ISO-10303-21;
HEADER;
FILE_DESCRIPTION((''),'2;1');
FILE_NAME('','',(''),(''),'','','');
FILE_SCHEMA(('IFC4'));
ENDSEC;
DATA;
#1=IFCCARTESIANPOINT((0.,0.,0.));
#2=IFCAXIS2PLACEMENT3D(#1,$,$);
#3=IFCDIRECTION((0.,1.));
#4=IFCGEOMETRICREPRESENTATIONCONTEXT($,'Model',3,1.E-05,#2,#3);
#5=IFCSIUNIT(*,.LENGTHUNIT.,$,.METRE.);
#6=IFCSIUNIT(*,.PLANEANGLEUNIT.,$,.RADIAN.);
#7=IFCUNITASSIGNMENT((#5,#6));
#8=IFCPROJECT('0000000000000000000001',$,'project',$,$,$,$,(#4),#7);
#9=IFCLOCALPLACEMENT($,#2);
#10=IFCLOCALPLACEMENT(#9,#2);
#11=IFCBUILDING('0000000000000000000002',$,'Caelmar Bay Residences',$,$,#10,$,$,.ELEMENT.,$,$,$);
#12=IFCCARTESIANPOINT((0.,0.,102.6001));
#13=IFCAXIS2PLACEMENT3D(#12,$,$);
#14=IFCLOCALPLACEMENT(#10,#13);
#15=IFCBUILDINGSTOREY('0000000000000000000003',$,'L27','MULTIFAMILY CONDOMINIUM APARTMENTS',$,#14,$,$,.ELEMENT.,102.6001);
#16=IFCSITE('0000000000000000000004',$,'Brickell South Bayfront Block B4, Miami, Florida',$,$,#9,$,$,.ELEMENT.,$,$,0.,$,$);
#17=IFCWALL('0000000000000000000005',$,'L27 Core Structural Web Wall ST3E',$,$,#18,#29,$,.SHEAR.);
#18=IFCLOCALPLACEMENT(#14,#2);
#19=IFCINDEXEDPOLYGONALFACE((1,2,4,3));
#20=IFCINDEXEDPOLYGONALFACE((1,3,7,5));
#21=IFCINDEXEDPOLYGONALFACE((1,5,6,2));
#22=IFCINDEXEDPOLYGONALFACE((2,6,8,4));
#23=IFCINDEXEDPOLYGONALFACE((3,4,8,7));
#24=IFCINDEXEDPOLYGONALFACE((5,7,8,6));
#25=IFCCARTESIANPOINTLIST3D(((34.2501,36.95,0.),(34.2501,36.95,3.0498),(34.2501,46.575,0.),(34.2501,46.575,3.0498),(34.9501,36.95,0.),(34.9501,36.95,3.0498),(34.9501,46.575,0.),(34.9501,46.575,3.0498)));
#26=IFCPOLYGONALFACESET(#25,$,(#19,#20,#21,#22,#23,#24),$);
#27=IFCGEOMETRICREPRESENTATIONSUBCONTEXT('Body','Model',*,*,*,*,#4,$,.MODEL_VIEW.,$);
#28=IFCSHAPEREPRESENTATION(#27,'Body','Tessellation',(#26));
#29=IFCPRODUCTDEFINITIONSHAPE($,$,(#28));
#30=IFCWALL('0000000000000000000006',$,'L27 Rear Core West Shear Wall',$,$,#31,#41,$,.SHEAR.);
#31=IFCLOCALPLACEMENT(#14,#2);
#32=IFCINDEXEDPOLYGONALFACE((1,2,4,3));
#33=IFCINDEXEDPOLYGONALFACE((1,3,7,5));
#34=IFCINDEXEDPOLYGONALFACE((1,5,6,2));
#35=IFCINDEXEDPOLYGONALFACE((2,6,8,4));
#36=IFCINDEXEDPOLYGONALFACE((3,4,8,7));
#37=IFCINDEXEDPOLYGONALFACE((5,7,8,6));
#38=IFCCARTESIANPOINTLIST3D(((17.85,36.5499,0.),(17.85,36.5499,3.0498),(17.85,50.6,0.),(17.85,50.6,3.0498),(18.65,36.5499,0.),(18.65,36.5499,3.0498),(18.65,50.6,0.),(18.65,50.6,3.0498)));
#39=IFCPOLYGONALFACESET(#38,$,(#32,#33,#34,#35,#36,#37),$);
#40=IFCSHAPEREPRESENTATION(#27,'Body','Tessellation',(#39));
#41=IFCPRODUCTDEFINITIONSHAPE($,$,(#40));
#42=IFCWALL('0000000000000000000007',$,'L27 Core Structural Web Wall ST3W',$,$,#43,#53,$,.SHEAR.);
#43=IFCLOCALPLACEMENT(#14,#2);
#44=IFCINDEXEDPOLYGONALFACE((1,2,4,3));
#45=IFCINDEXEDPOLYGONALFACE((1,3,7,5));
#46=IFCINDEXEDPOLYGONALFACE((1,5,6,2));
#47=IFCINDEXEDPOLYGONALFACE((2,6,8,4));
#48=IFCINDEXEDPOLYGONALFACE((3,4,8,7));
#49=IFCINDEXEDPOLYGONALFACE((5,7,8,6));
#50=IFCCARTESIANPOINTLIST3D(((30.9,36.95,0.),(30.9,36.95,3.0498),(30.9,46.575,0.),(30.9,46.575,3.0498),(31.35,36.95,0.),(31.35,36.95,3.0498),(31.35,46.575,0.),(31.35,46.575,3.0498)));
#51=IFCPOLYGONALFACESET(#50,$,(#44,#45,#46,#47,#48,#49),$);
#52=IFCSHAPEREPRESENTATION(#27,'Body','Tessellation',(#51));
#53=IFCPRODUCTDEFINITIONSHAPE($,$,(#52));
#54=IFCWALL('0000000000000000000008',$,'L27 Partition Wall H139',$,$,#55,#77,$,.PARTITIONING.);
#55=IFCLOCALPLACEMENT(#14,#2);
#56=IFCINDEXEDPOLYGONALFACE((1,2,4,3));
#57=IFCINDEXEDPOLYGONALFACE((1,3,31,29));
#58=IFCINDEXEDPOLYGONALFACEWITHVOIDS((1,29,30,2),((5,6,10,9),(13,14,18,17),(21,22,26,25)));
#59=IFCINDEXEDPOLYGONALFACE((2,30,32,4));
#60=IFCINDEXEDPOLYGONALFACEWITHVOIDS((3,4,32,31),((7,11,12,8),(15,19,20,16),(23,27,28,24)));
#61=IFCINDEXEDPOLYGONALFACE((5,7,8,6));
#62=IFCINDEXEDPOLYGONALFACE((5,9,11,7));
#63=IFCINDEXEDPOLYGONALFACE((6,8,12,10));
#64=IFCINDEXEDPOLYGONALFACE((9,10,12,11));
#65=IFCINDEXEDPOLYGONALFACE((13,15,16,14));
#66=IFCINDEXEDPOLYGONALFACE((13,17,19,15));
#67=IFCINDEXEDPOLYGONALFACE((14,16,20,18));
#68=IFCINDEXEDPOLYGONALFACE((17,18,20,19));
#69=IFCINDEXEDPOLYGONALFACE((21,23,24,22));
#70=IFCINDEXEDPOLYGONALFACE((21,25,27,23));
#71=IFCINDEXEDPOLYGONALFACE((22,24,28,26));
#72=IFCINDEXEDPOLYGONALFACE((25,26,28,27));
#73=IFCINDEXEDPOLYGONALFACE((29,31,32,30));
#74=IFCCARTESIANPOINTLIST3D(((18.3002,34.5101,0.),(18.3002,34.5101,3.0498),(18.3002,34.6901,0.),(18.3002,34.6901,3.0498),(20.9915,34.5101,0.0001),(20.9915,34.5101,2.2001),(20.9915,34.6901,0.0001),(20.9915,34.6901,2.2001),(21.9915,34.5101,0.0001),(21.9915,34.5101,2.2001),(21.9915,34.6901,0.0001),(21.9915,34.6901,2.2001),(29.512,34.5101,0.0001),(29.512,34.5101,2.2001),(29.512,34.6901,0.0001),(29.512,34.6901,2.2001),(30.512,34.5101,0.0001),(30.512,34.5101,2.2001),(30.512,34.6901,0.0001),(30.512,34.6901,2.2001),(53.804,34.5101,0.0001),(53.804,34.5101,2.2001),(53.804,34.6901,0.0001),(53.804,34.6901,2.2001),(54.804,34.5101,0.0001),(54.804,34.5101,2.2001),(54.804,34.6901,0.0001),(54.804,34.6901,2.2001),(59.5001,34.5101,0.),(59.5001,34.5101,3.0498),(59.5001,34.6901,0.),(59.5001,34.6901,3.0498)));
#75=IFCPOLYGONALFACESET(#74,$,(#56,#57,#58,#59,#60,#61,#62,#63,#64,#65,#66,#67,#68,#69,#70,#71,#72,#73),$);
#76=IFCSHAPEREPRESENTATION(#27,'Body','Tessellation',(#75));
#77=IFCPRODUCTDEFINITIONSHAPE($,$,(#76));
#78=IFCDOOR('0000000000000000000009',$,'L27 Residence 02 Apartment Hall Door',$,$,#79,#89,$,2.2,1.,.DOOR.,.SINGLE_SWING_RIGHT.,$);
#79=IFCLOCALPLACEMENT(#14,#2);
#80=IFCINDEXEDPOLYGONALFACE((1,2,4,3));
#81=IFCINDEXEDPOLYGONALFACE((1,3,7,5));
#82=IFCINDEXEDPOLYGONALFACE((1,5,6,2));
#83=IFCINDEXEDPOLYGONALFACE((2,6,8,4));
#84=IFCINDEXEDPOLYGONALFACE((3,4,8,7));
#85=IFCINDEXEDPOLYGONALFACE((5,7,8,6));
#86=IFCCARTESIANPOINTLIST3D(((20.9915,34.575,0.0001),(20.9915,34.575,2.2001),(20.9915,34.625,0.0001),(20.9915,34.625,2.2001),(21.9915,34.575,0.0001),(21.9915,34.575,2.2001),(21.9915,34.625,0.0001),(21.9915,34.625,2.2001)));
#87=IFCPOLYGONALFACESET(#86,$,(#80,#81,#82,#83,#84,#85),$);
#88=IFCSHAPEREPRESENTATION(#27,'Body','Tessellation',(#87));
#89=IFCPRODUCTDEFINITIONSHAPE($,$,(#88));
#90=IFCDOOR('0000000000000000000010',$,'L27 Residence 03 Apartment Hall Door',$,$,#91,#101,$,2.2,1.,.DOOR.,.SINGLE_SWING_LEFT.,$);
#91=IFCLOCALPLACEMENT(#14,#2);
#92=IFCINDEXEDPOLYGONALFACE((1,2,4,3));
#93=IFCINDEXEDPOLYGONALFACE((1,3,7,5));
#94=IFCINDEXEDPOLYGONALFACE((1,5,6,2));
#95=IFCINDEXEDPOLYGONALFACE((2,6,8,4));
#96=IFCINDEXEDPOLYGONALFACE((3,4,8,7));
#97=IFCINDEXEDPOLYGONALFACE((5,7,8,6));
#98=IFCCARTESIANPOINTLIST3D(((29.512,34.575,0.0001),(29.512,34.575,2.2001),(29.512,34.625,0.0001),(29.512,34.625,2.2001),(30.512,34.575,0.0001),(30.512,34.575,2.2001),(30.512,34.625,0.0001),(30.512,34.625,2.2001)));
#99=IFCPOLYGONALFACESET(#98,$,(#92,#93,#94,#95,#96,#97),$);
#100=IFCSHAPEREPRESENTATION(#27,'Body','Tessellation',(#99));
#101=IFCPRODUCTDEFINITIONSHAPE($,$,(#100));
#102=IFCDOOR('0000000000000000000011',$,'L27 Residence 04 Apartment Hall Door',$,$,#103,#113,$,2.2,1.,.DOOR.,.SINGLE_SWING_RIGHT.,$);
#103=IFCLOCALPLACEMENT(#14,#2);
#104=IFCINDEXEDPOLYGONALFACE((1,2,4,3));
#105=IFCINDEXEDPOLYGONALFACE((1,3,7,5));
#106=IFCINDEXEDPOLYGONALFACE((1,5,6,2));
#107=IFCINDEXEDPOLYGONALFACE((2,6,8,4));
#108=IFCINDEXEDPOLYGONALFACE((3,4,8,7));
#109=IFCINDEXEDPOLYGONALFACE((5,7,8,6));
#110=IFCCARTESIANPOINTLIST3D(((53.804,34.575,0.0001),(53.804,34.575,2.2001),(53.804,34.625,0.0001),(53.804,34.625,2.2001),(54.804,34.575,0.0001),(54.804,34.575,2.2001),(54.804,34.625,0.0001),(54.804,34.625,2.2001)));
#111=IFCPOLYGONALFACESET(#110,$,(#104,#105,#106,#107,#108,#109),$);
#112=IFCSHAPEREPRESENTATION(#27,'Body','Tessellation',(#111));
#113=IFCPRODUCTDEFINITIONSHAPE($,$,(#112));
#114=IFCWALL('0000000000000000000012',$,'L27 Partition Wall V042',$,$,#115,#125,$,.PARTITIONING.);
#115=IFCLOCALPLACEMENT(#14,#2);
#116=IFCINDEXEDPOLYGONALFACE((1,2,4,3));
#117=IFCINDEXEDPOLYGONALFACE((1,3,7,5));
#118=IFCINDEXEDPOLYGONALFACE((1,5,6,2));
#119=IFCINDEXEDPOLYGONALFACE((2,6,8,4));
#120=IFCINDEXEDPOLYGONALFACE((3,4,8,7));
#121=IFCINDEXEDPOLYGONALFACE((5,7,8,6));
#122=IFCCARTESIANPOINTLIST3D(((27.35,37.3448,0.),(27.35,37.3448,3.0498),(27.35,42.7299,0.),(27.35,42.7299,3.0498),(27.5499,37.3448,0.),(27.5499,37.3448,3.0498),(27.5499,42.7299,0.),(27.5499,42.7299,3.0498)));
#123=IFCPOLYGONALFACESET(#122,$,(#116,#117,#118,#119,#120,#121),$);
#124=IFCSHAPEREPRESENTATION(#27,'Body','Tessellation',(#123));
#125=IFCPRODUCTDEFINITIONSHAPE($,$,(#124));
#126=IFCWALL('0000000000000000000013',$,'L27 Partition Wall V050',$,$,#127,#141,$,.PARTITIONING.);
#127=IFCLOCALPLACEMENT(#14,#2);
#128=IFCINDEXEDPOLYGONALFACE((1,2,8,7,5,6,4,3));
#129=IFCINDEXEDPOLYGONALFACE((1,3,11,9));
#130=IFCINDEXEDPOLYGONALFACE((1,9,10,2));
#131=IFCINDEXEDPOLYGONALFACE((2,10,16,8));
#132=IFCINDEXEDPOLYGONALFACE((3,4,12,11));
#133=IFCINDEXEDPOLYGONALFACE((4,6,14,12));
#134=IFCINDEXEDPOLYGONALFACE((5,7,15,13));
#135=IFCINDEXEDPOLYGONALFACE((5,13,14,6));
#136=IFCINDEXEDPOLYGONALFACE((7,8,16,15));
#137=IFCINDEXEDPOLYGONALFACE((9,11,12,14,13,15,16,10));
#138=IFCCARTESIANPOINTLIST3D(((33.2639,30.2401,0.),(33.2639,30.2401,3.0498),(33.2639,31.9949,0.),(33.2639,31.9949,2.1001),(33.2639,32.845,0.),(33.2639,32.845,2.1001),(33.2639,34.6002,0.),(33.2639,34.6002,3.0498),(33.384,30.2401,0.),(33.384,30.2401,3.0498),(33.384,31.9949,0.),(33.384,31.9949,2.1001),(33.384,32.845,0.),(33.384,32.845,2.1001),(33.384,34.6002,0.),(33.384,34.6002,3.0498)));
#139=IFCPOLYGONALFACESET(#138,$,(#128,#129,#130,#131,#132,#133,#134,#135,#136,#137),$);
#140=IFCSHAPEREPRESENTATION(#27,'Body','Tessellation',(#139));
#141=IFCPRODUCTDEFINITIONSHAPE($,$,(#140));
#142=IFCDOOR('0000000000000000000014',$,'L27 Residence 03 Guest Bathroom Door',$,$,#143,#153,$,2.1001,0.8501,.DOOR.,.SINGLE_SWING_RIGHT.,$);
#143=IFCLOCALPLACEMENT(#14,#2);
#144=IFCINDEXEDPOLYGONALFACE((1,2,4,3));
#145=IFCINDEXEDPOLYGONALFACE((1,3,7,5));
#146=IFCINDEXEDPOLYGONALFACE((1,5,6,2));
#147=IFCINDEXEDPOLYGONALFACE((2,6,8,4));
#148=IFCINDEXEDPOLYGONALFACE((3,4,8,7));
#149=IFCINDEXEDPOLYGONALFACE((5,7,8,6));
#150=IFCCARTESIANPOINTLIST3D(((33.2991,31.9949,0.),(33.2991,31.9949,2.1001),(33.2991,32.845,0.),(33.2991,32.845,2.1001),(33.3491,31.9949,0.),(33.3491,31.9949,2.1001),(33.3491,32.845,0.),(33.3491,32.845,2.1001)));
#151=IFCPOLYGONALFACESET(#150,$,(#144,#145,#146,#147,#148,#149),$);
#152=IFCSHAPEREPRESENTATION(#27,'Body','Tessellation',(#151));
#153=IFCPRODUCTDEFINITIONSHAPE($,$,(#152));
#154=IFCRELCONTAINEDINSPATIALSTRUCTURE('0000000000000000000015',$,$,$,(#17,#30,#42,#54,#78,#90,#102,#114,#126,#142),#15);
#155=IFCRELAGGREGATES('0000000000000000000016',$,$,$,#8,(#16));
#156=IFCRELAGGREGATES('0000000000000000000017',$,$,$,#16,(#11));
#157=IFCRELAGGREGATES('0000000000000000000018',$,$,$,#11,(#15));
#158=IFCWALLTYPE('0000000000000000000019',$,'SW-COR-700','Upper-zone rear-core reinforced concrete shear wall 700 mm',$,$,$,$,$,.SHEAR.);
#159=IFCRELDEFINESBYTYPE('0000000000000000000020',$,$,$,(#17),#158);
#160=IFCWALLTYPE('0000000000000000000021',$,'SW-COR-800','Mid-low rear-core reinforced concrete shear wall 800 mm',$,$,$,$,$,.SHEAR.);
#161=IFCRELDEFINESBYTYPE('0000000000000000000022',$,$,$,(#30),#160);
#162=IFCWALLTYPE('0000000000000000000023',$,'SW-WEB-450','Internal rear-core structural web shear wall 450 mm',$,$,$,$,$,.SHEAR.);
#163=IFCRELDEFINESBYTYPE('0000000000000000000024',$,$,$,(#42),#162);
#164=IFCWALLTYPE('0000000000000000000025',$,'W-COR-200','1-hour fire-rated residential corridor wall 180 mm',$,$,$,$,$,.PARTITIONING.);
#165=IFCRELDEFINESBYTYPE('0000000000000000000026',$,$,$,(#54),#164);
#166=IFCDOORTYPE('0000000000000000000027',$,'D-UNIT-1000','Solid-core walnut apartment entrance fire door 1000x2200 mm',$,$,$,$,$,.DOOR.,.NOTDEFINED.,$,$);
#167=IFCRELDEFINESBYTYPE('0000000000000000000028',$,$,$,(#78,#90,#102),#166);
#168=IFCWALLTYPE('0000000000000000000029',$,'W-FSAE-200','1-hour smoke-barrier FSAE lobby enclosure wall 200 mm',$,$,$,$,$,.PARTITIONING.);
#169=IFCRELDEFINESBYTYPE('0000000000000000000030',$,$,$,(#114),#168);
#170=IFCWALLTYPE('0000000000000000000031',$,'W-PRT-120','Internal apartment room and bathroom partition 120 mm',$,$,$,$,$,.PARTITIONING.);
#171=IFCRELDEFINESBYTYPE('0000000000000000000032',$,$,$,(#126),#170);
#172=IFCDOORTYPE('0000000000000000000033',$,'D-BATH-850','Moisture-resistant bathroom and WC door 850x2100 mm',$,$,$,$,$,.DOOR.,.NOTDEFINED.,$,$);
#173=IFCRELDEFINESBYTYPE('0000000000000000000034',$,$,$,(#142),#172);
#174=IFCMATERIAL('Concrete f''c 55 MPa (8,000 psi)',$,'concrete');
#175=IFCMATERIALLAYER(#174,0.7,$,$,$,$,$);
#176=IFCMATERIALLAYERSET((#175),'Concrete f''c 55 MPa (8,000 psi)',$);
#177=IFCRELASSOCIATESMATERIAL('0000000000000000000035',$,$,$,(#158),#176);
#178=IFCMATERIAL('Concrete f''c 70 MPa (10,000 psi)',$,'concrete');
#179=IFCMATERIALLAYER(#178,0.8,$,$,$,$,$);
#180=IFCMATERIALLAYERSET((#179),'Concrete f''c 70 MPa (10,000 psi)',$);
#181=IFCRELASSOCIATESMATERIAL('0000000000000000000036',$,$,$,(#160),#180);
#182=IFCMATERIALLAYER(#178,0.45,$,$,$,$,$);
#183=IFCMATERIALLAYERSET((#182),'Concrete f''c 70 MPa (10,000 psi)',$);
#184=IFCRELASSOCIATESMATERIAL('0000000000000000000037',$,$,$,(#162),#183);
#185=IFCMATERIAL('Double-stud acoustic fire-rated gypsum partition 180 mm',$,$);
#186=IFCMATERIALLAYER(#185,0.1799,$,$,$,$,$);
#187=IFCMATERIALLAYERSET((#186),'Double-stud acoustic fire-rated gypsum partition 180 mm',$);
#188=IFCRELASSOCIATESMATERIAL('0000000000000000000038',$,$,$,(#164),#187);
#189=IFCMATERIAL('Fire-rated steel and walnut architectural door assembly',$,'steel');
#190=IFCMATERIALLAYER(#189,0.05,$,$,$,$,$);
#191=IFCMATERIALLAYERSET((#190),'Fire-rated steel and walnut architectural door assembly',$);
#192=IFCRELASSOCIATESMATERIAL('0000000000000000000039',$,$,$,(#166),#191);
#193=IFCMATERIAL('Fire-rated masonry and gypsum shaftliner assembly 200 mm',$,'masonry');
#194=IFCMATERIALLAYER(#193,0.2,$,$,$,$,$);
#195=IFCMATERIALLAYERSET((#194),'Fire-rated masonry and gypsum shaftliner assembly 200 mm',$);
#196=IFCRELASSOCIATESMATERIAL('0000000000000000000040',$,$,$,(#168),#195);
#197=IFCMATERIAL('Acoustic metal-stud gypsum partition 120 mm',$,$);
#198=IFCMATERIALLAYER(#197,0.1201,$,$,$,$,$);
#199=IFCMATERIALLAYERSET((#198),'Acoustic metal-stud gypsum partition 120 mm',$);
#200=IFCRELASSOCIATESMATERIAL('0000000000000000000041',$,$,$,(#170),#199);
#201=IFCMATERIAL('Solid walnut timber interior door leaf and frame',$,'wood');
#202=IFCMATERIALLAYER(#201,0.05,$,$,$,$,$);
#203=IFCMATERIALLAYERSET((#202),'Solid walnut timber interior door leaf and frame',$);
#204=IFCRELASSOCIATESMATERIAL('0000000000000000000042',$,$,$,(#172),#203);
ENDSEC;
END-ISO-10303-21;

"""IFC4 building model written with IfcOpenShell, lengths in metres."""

from ifc_helpers import new_model, si_unit, direction, frame, frame_2d, origin, place, context, subcontext, project, spatial, rectangle, extrude, material, layer, layer_set, type_object, element, fill, save


model = new_model("IFC4")

# Units and contexts
model_context = context("Model", 3, precision=1e-05, world=origin(), true_north=direction((0.0, 1.0)))
body_context = subcontext(model_context, "Body", "Model", "MODEL_VIEW")
ifc_project = project(units=[si_unit("LENGTHUNIT", "METRE"), si_unit("PLANEANGLEUNIT", "RADIAN")], contexts=[model_context])

# Site, building, storey
site_placement = place(None, origin())
site = spatial("IfcSite", under=ifc_project, at=site_placement, Name="Brickell South Bayfront Block B4, Miami, Florida", CompositionType="ELEMENT", RefElevation=0.0)
building_placement = place(site_placement, origin())
building = spatial("IfcBuilding", under=site, at=building_placement, Name="Caelmar Bay Residences", CompositionType="ELEMENT")
storey_placement = place(building_placement, frame((0.0, 0.0, 102.6001)))
storey = spatial("IfcBuildingStorey", under=building, at=storey_placement, Name="L27", Description="MULTIFAMILY CONDOMINIUM APARTMENTS", CompositionType="ELEMENT", Elevation=102.6001)

# Shared definitions
ifc_material_1 = material(Name="Concrete f'c 55 MPa (8,000 psi)", Category="concrete")
ifc_layer_1 = layer(ifc_material_1, 0.7)
ifc_layer_set_1 = layer_set([ifc_layer_1], Name="Concrete f'c 55 MPa (8,000 psi)")
wall_type_1 = type_object("IfcWallType", Name="SW-COR-700", Description="Upper-zone rear-core reinforced concrete shear wall 700 mm", PredefinedType="SHEAR", material=ifc_layer_set_1)
ifc_material_2 = material(Name="Fire-rated steel and walnut architectural door assembly", Category="steel")

# Walls
wall_1_placement = place(storey_placement, frame((34.6001, 36.95, 0.0), z_axis=(0.0, 0.0, 1.0), x_axis=(0.0, 1.0, 0.0)))
element("IfcWall", 1, at=wall_1_placement, inside=storey, type_object=wall_type_1, Name="L27 Core Structural Web Wall ST3E", PredefinedType="SHEAR", context=body_context, shape_type="SweptSolid", body=[
    extrude(rectangle(XDim=9.625, YDim=0.7, at=frame_2d((4.8125, 0.0))), origin(), (0.0, 0.0, 1.0), 3.0498),
])
ifc_material_3 = material(Name="Concrete f'c 70 MPa (10,000 psi)", Category="concrete")
ifc_layer_2 = layer(ifc_material_3, 0.8)
ifc_layer_set_2 = layer_set([ifc_layer_2], Name="Concrete f'c 70 MPa (10,000 psi)")
wall_type_2 = type_object("IfcWallType", Name="SW-COR-800", Description="Mid-low rear-core reinforced concrete shear wall 800 mm", PredefinedType="SHEAR", material=ifc_layer_set_2)
wall_2_placement = place(storey_placement, frame((18.25, 36.55, 0.0), z_axis=(0.0, 0.0, 1.0), x_axis=(0.0, 1.0, 0.0)))
element("IfcWall", 2, at=wall_2_placement, inside=storey, type_object=wall_type_2, Name="L27 Rear Core West Shear Wall", PredefinedType="SHEAR", context=body_context, shape_type="SweptSolid", body=[
    extrude(rectangle(XDim=14.05, YDim=0.8, at=frame_2d((7.0249, 0.0))), origin(), (0.0, 0.0, 1.0), 3.0498),
])
ifc_layer_3 = layer(ifc_material_3, 0.45)
ifc_layer_set_3 = layer_set([ifc_layer_3], Name="Concrete f'c 70 MPa (10,000 psi)")
wall_type_3 = type_object("IfcWallType", Name="SW-WEB-450", Description="Internal rear-core structural web shear wall 450 mm", PredefinedType="SHEAR", material=ifc_layer_set_3)
wall_3_placement = place(storey_placement, frame((31.125, 36.95, 0.0), z_axis=(0.0, 0.0, 1.0), x_axis=(0.0, 1.0, 0.0)))
element("IfcWall", 3, at=wall_3_placement, inside=storey, type_object=wall_type_3, Name="L27 Core Structural Web Wall ST3W", PredefinedType="SHEAR", context=body_context, shape_type="SweptSolid", body=[
    extrude(rectangle(XDim=9.625, YDim=0.45, at=frame_2d((4.8125, 0.0))), origin(), (0.0, 0.0, 1.0), 3.0498),
])

# Wall, openings, doors
ifc_material_4 = material(Name="Double-stud acoustic fire-rated gypsum partition 180 mm")
ifc_layer_4 = layer(ifc_material_4, 0.1799)
ifc_layer_set_4 = layer_set([ifc_layer_4], Name="Double-stud acoustic fire-rated gypsum partition 180 mm")
wall_type_4 = type_object("IfcWallType", Name="W-COR-200", Description="1-hour fire-rated residential corridor wall 180 mm", PredefinedType="PARTITIONING", material=ifc_layer_set_4)
wall_4_placement = place(storey_placement, frame((18.3, 34.6001, 0.0), z_axis=(0.0, 0.0, 1.0), x_axis=(1.0, 0.0, 0.0)))
wall_4 = element("IfcWall", 4, at=wall_4_placement, inside=storey, type_object=wall_type_4, Name="L27 Partition Wall H139", PredefinedType="PARTITIONING", context=body_context, shape_type="SweptSolid", body=[
    extrude(rectangle(XDim=41.2, YDim=0.1799, at=frame_2d((20.6001, 0.0))), origin(), (0.0, 0.0, 1.0), 3.0498),
])
opening_1_placement = place(wall_4_placement, frame((2.6914, 0.0, 0.0)))
opening_1 = element("IfcOpeningElement", 5, at=opening_1_placement, cuts=wall_4, PredefinedType="OPENING", context=body_context, shape_type="SweptSolid", body=[
    extrude(rectangle(XDim=1.0, YDim=2.2, at=frame_2d((0.5, 1.1001))), frame((0.0, 0.0999, 0.0), z_axis=(0.0, -1.0, 0.0), x_axis=(1.0, 0.0, 0.0)), (0.0, 0.0, 1.0), 0.2),
])
opening_2_placement = place(wall_4_placement, frame((11.2119, 0.0, 0.0)))
opening_2 = element("IfcOpeningElement", 6, at=opening_2_placement, cuts=wall_4, PredefinedType="OPENING", context=body_context, shape_type="SweptSolid", body=[
    extrude(rectangle(XDim=1.0, YDim=2.2, at=frame_2d((0.5, 1.1001))), frame((0.0, 0.0999, 0.0), z_axis=(0.0, -1.0, 0.0), x_axis=(1.0, 0.0, 0.0)), (0.0, 0.0, 1.0), 0.2),
])
opening_3_placement = place(wall_4_placement, frame((35.5039, 0.0, 0.0)))
opening_3 = element("IfcOpeningElement", 7, at=opening_3_placement, cuts=wall_4, PredefinedType="OPENING", context=body_context, shape_type="SweptSolid", body=[
    extrude(rectangle(XDim=1.0, YDim=2.2, at=frame_2d((0.5, 1.1001))), frame((0.0, 0.0999, 0.0), z_axis=(0.0, -1.0, 0.0), x_axis=(1.0, 0.0, 0.0)), (0.0, 0.0, 1.0), 0.2),
])
ifc_layer_5 = layer(ifc_material_2, 0.05)
ifc_layer_set_5 = layer_set([ifc_layer_5], Name="Fire-rated steel and walnut architectural door assembly")
door_type_1 = type_object("IfcDoorType", Name="D-UNIT-1000", Description="Solid-core walnut apartment entrance fire door 1000x2200 mm", OperationType="NOTDEFINED", PredefinedType="DOOR", material=ifc_layer_set_5)
door_1_placement = place(opening_1_placement, origin())
door_1 = element("IfcDoor", 8, at=door_1_placement, inside=storey, type_object=door_type_1, Name="L27 Residence 02 Apartment Hall Door", OperationType="SINGLE_SWING_RIGHT", OverallHeight=2.2, OverallWidth=1.0, PredefinedType="DOOR", context=body_context, shape_type="SweptSolid", body=[
    extrude(rectangle(XDim=1.0, YDim=2.2, at=frame_2d((0.5, 1.1001))), frame((0.0, 0.0249, 0.0), z_axis=(0.0, -1.0, 0.0), x_axis=(1.0, 0.0, 0.0)), (0.0, 0.0, 1.0), 0.05),
])
fill(opening_1, door_1)
door_2_placement = place(opening_2_placement, origin())
door_2 = element("IfcDoor", 9, at=door_2_placement, inside=storey, type_object=door_type_1, Name="L27 Residence 03 Apartment Hall Door", OperationType="SINGLE_SWING_LEFT", OverallHeight=2.2, OverallWidth=1.0, PredefinedType="DOOR", context=body_context, shape_type="SweptSolid", body=[
    extrude(rectangle(XDim=1.0, YDim=2.2, at=frame_2d((0.5, 1.1001))), frame((0.0, 0.0249, 0.0), z_axis=(0.0, -1.0, 0.0), x_axis=(1.0, 0.0, 0.0)), (0.0, 0.0, 1.0), 0.05),
])
fill(opening_2, door_2)
door_3_placement = place(opening_3_placement, origin())
door_3 = element("IfcDoor", 10, at=door_3_placement, inside=storey, type_object=door_type_1, Name="L27 Residence 04 Apartment Hall Door", OperationType="SINGLE_SWING_RIGHT", OverallHeight=2.2, OverallWidth=1.0, PredefinedType="DOOR", context=body_context, shape_type="SweptSolid", body=[
    extrude(rectangle(XDim=1.0, YDim=2.2, at=frame_2d((0.5, 1.1001))), frame((0.0, 0.0249, 0.0), z_axis=(0.0, -1.0, 0.0), x_axis=(1.0, 0.0, 0.0)), (0.0, 0.0, 1.0), 0.05),
])
fill(opening_3, door_3)

# Wall
ifc_material_5 = material(Name="Fire-rated masonry and gypsum shaftliner assembly 200 mm", Category="masonry")
ifc_layer_6 = layer(ifc_material_5, 0.2)
ifc_layer_set_6 = layer_set([ifc_layer_6], Name="Fire-rated masonry and gypsum shaftliner assembly 200 mm")
wall_type_5 = type_object("IfcWallType", Name="W-FSAE-200", Description="1-hour smoke-barrier FSAE lobby enclosure wall 200 mm", PredefinedType="PARTITIONING", material=ifc_layer_set_6)
wall_5_placement = place(storey_placement, frame((27.45, 37.345, 0.0), z_axis=(0.0, 0.0, 1.0), x_axis=(0.0, 1.0, 0.0)))
element("IfcWall", 11, at=wall_5_placement, inside=storey, type_object=wall_type_5, Name="L27 Partition Wall V042", PredefinedType="PARTITIONING", context=body_context, shape_type="SweptSolid", body=[
    extrude(rectangle(XDim=5.385, YDim=0.2, at=frame_2d((2.6924, 0.0))), origin(), (0.0, 0.0, 1.0), 3.0498),
])

# Wall, opening, door
ifc_material_6 = material(Name="Acoustic metal-stud gypsum partition 120 mm")
ifc_layer_7 = layer(ifc_material_6, 0.1201)
ifc_layer_set_7 = layer_set([ifc_layer_7], Name="Acoustic metal-stud gypsum partition 120 mm")
wall_type_6 = type_object("IfcWallType", Name="W-PRT-120", Description="Internal apartment room and bathroom partition 120 mm", PredefinedType="PARTITIONING", material=ifc_layer_set_7)
wall_6_placement = place(storey_placement, frame((33.324, 30.24, 0.0), z_axis=(0.0, 0.0, 1.0), x_axis=(0.0, 1.0, 0.0)))
wall_6 = element("IfcWall", 12, at=wall_6_placement, inside=storey, type_object=wall_type_6, Name="L27 Partition Wall V050", PredefinedType="PARTITIONING", context=body_context, shape_type="SweptSolid", body=[
    extrude(rectangle(XDim=4.3601, YDim=0.1201, at=frame_2d((2.1802, 0.0))), origin(), (0.0, 0.0, 1.0), 3.0498),
])
opening_4_placement = place(wall_6_placement, frame((1.7549, 0.0, 0.0)))
opening_4 = element("IfcOpeningElement", 13, at=opening_4_placement, cuts=wall_6, PredefinedType="OPENING", context=body_context, shape_type="SweptSolid", body=[
    extrude(rectangle(XDim=0.8501, YDim=2.1001, at=frame_2d((0.425, 1.05))), frame((0.0, 0.0701, 0.0), z_axis=(0.0, -1.0, 0.0), x_axis=(1.0, 0.0, 0.0)), (0.0, 0.0, 1.0), 0.1401),
])
ifc_material_7 = material(Name="Solid walnut timber interior door leaf and frame", Category="wood")
ifc_layer_8 = layer(ifc_material_7, 0.05)
ifc_layer_set_8 = layer_set([ifc_layer_8], Name="Solid walnut timber interior door leaf and frame")
door_type_2 = type_object("IfcDoorType", Name="D-BATH-850", Description="Moisture-resistant bathroom and WC door 850x2100 mm", OperationType="NOTDEFINED", PredefinedType="DOOR", material=ifc_layer_set_8)
door_4_placement = place(opening_4_placement, origin())
door_4 = element("IfcDoor", 14, at=door_4_placement, inside=storey, type_object=door_type_2, Name="L27 Residence 03 Guest Bathroom Door", OperationType="SINGLE_SWING_RIGHT", OverallHeight=2.1001, OverallWidth=0.8501, PredefinedType="DOOR", context=body_context, shape_type="SweptSolid", body=[
    extrude(rectangle(XDim=0.8501, YDim=2.1001, at=frame_2d((0.425, 1.05))), frame((0.0, 0.0249, 0.0), z_axis=(0.0, -1.0, 0.0), x_axis=(1.0, 0.0, 0.0)), (0.0, 0.0, 1.0), 0.05),
])
fill(opening_4, door_4)

save(model, "model.ifc")
